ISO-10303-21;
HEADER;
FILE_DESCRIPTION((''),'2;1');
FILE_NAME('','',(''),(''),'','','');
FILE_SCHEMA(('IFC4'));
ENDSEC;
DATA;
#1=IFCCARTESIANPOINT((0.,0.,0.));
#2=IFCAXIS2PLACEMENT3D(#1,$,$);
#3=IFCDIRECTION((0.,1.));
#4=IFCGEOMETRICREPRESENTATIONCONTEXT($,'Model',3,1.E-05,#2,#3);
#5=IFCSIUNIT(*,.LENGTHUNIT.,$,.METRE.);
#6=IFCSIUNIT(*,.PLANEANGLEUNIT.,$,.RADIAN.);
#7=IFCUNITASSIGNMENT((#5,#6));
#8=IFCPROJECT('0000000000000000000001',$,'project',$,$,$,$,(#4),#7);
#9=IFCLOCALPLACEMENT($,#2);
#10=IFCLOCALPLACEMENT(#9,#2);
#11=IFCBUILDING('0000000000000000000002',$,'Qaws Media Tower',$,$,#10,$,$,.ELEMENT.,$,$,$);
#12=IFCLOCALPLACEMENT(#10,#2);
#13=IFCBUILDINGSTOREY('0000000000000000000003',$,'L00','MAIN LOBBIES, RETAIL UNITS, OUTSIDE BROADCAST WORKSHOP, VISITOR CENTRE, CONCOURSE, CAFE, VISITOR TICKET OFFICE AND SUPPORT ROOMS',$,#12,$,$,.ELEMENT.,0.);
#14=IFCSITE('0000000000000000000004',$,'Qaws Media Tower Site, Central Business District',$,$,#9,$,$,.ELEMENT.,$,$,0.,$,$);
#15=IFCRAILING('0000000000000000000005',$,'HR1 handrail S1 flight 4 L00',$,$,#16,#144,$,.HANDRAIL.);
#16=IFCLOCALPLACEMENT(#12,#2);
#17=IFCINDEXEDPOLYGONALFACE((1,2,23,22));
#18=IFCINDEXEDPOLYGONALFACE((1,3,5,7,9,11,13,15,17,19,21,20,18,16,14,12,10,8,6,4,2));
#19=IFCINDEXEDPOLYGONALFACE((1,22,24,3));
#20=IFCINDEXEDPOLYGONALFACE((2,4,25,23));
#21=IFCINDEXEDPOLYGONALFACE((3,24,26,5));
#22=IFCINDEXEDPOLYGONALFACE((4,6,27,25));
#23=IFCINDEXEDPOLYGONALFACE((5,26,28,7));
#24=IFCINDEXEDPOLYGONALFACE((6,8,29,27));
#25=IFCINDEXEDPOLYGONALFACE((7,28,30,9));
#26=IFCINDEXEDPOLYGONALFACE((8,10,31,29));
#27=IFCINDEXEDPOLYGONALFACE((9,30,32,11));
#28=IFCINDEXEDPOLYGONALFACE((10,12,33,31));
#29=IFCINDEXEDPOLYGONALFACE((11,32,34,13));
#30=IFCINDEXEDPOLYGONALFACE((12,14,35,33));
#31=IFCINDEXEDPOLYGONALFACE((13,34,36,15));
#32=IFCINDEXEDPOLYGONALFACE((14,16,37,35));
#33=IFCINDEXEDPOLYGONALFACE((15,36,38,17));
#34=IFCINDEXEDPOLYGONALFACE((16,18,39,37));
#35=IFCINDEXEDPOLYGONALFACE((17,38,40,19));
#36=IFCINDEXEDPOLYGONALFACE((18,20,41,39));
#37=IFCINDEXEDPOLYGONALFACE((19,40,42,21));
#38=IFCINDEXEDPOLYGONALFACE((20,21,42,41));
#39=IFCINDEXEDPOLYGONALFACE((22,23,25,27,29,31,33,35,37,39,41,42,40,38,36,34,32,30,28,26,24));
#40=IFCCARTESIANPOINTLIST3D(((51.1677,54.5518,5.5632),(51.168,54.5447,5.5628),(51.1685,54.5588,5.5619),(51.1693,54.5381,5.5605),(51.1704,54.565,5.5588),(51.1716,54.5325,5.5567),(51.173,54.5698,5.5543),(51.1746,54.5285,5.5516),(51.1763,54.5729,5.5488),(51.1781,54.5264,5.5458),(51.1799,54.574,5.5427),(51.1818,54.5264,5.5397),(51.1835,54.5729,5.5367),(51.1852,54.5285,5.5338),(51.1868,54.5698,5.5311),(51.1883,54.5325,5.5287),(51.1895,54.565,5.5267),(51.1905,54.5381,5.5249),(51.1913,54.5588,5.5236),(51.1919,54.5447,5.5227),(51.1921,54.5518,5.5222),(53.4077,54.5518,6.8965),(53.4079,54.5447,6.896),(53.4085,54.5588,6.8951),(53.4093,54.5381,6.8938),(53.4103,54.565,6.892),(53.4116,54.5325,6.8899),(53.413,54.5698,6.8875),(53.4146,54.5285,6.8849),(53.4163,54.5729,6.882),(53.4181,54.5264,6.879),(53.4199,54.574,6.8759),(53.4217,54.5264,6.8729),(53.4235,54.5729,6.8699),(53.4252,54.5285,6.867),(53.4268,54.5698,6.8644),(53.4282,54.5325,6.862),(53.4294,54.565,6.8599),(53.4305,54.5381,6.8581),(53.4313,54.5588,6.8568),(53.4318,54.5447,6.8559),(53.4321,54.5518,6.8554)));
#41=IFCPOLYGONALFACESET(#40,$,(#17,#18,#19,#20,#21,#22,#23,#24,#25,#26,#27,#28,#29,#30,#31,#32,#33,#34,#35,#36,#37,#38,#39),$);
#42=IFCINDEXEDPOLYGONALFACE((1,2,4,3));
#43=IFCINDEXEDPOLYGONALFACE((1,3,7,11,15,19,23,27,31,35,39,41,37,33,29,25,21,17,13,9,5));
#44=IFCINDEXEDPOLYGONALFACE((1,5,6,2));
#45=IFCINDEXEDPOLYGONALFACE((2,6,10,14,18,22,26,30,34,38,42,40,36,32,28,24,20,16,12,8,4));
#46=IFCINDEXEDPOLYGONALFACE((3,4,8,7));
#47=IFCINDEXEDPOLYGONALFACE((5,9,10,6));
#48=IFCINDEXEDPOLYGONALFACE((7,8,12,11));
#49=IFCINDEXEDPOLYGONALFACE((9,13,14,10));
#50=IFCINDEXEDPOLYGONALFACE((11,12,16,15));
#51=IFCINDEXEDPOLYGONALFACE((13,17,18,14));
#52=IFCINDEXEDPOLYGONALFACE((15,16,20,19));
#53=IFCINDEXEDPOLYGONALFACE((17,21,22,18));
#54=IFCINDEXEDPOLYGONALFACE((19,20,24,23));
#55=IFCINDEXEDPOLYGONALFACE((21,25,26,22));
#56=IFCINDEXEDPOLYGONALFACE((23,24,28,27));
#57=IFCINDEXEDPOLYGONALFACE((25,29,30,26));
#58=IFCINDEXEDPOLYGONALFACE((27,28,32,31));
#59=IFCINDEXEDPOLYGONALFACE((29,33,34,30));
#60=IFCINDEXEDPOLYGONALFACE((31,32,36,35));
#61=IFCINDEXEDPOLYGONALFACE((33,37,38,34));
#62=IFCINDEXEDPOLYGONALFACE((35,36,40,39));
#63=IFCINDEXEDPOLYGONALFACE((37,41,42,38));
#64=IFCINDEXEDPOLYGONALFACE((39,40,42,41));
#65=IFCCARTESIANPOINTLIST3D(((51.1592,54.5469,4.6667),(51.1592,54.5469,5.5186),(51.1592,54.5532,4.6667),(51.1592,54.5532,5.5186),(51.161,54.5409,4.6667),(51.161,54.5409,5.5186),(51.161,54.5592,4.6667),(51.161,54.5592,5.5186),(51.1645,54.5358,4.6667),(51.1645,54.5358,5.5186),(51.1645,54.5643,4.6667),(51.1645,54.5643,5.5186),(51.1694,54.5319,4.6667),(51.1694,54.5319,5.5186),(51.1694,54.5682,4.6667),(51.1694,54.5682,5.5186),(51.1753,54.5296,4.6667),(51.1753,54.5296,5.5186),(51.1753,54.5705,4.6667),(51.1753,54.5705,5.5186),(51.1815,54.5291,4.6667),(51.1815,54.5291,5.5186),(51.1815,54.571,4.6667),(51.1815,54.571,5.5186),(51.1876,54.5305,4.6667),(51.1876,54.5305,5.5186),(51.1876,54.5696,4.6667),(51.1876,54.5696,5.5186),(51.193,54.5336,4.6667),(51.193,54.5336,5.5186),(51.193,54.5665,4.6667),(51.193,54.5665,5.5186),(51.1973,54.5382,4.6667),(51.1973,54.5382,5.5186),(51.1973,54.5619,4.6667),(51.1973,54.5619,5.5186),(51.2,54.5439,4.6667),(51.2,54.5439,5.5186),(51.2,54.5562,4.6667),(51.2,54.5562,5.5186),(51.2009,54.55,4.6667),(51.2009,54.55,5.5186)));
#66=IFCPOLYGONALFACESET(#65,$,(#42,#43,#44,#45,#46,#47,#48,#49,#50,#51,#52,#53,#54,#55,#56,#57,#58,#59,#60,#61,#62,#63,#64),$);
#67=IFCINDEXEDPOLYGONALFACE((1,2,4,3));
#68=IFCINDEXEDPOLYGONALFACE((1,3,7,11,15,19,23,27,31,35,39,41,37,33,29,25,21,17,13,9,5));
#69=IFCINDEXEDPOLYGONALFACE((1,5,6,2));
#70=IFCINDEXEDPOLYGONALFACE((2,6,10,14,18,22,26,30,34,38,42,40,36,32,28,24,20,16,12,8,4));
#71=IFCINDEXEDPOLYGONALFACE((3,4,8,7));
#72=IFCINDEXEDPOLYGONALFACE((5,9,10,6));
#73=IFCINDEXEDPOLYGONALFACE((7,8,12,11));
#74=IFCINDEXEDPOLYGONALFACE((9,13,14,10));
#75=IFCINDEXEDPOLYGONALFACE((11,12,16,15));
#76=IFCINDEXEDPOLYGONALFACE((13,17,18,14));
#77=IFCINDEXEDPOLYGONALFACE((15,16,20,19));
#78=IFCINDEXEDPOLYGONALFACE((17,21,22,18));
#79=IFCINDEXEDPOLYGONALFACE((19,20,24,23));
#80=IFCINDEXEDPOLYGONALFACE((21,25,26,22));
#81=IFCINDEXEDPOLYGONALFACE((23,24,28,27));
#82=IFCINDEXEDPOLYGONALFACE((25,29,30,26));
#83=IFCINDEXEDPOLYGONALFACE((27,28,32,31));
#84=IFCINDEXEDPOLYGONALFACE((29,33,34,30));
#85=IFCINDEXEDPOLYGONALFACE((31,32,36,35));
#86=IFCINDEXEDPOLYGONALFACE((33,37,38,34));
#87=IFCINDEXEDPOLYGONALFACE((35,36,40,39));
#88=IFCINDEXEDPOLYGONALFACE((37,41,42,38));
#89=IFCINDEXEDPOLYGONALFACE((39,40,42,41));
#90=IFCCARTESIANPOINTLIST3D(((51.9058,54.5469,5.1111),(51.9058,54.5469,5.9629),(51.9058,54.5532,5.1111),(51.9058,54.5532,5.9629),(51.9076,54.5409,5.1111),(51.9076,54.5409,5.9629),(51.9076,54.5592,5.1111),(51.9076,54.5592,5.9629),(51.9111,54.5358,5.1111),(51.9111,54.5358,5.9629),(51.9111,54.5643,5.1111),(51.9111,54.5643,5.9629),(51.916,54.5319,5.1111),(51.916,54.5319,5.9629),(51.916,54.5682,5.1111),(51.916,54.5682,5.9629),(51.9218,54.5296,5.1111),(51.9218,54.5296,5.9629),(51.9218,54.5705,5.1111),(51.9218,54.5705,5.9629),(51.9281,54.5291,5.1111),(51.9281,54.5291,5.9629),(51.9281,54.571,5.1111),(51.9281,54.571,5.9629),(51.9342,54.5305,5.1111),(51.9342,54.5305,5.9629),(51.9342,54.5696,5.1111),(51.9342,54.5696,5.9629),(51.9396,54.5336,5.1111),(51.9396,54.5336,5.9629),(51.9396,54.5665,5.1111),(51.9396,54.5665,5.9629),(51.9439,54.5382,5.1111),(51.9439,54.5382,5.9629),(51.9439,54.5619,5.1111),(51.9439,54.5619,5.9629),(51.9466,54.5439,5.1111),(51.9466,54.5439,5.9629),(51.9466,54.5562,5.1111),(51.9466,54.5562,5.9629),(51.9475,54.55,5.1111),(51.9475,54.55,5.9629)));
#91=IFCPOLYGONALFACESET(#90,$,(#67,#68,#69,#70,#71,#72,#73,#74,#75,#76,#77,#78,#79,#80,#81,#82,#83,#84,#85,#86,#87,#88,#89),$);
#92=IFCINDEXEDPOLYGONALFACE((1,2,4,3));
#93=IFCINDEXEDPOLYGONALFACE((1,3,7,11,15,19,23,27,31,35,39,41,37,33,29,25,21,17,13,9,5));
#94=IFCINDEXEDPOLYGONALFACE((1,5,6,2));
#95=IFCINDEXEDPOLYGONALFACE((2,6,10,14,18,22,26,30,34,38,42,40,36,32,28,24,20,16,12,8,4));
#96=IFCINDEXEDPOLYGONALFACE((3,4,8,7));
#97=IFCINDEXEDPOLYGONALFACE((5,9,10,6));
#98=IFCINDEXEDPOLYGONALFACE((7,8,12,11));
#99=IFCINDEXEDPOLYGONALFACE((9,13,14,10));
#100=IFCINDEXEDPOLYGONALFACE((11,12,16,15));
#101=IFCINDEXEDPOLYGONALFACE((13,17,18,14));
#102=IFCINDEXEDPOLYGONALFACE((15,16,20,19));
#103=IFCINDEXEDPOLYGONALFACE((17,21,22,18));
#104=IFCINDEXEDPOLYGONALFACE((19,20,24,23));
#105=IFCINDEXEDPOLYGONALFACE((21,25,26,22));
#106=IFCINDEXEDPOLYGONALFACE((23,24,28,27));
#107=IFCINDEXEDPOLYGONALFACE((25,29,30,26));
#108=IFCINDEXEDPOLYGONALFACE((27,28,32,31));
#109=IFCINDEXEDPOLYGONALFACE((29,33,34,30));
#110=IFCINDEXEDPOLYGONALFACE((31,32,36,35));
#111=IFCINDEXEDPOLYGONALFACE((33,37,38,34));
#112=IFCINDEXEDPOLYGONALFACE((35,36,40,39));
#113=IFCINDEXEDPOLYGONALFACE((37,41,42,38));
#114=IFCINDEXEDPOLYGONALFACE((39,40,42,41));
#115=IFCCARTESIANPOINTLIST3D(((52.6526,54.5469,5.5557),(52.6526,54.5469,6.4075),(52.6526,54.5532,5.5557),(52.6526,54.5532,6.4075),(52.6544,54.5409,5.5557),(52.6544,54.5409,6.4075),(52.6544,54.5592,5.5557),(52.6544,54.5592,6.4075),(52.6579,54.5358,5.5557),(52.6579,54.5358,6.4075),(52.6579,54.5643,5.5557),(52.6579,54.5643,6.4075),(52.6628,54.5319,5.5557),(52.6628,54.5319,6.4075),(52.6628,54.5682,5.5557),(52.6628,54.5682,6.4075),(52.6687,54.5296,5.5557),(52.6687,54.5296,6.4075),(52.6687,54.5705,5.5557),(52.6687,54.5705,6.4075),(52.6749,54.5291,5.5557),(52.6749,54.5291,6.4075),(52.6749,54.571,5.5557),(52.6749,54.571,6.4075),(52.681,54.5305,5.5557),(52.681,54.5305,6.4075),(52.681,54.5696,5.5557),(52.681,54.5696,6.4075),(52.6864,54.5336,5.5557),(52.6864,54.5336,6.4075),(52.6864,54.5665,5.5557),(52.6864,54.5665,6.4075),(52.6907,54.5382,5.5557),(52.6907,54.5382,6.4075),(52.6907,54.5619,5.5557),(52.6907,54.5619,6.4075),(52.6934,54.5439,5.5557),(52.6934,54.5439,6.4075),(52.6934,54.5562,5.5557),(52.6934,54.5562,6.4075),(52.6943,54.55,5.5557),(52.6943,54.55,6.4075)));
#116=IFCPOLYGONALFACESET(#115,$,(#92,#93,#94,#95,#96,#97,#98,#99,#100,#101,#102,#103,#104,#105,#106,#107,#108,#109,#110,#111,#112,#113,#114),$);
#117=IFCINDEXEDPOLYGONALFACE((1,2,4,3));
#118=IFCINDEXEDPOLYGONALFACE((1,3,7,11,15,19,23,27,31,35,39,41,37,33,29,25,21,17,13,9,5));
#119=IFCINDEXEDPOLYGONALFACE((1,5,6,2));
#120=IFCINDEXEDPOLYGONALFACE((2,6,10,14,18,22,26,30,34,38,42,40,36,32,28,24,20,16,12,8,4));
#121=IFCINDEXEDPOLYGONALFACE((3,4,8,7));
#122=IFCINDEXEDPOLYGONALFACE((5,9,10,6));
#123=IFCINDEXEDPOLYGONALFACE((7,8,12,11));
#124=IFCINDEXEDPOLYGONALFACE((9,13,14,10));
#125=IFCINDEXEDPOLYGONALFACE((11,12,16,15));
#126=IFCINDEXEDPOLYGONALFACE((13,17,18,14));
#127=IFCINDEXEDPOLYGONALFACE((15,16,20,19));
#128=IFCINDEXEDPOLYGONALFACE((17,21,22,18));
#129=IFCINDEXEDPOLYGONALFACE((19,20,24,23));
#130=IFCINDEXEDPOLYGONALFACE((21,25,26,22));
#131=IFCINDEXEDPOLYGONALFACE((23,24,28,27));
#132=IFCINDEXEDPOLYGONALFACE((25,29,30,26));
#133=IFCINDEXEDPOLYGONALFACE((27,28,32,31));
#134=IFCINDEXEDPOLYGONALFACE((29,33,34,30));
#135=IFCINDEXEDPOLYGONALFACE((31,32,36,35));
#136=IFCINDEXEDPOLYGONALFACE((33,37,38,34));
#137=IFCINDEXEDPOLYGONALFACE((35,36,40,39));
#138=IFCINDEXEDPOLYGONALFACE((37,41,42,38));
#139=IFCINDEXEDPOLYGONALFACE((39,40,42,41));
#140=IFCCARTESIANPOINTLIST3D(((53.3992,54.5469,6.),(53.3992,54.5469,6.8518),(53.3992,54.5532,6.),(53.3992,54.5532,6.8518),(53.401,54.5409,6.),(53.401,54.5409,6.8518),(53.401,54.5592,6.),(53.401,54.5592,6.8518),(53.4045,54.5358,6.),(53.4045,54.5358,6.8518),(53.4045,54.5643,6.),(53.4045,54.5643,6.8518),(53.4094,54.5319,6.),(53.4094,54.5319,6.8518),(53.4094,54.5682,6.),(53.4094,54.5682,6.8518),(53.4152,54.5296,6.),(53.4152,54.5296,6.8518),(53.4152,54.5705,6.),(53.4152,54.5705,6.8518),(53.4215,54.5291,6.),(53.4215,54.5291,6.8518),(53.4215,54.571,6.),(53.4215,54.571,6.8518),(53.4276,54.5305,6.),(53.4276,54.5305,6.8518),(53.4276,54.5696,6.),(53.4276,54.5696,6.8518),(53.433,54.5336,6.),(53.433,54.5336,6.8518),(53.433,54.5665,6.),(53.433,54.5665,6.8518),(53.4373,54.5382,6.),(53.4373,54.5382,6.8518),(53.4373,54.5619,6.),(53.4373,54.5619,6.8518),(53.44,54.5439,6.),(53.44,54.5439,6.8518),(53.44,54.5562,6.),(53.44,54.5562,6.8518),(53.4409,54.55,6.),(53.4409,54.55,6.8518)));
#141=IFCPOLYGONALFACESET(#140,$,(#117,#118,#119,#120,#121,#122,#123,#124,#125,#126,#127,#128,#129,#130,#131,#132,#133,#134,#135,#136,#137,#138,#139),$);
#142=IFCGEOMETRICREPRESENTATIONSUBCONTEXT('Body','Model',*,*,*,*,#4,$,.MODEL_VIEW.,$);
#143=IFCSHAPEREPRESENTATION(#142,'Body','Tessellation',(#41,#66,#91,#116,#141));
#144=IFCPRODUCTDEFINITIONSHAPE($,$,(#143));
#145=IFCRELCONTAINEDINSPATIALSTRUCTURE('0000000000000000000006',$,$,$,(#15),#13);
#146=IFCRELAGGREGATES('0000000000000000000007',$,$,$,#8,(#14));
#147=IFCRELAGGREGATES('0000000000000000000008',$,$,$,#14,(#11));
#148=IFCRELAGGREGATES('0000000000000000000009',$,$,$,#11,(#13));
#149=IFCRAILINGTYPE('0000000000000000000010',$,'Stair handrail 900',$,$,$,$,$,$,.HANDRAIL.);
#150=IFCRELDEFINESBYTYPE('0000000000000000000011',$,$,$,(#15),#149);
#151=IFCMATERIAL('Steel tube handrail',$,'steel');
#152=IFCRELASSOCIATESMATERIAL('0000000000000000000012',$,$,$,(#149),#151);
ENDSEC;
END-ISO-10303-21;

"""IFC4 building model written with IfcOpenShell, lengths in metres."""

from ifc_helpers import new_model, si_unit, direction, frame, origin, origin_2d, place, context, subcontext, project, spatial, circle, extrude, material, type_object, element, save


model = new_model("IFC4")

# Units and contexts
model_context = context("Model", 3, precision=1e-05, world=origin(), true_north=direction((0.0, 1.0)))
body_context = subcontext(model_context, "Body", "Model", "MODEL_VIEW")
ifc_project = project(units=[si_unit("LENGTHUNIT", "METRE"), si_unit("PLANEANGLEUNIT", "RADIAN")], contexts=[model_context])

# Site, building, storey
site_placement = place(None, origin())
site = spatial("IfcSite", under=ifc_project, at=site_placement, Name="Qaws Media Tower Site, Central Business District", CompositionType="ELEMENT", RefElevation=0.0)
building_placement = place(site_placement, origin())
building = spatial("IfcBuilding", under=site, at=building_placement, Name="Qaws Media Tower", CompositionType="ELEMENT")
storey_placement = place(building_placement, origin())
storey = spatial("IfcBuildingStorey", under=building, at=storey_placement, Name="L00", Description="MAIN LOBBIES, RETAIL UNITS, OUTSIDE BROADCAST WORKSHOP, VISITOR CENTRE, CONCOURSE, CAFE, VISITOR TICKET OFFICE AND SUPPORT ROOMS", CompositionType="ELEMENT", Elevation=0.0)

# Railing
ifc_material_1 = material(Name="Steel tube handrail", Category="steel")
railing_type = type_object("IfcRailingType", Name="Stair handrail 900", PredefinedType="HANDRAIL", material=ifc_material_1)
for number, where, name in (
    (1, (51.1799, 54.55, 4.6667), "HR1 handrail S1 flight 4 L00"),
):
    element("IfcRailing", number, at=place(storey_placement, frame(where)), inside=storey, type_object=railing_type, Name=name, PredefinedType="HANDRAIL", context=body_context, shape_type="SweptSolid", body=[
        extrude(circle(Radius=0.0239, at=origin_2d()), frame((0.0, 0.0, 0.876), z_axis=(0.859306, 0.0, 0.511462), x_axis=(0.0, 1.0, 0.0)), (0.0, 0.0, 1.0), 2.6067),
        extrude(circle(Radius=0.021, at=origin_2d()), origin(), (0.0, 0.0, 1.0), 0.8518),
        extrude(circle(Radius=0.021, at=origin_2d()), frame((0.7466, 0.0, 0.4443)), (0.0, 0.0, 1.0), 0.8518),
        extrude(circle(Radius=0.021, at=origin_2d()), frame((1.4934, 0.0, 0.8889)), (0.0, 0.0, 1.0), 0.8518),
        extrude(circle(Radius=0.021, at=origin_2d()), frame((2.24, 0.0, 1.3333)), (0.0, 0.0, 1.0), 0.8518),
    ])

save(model, "model.ifc")
